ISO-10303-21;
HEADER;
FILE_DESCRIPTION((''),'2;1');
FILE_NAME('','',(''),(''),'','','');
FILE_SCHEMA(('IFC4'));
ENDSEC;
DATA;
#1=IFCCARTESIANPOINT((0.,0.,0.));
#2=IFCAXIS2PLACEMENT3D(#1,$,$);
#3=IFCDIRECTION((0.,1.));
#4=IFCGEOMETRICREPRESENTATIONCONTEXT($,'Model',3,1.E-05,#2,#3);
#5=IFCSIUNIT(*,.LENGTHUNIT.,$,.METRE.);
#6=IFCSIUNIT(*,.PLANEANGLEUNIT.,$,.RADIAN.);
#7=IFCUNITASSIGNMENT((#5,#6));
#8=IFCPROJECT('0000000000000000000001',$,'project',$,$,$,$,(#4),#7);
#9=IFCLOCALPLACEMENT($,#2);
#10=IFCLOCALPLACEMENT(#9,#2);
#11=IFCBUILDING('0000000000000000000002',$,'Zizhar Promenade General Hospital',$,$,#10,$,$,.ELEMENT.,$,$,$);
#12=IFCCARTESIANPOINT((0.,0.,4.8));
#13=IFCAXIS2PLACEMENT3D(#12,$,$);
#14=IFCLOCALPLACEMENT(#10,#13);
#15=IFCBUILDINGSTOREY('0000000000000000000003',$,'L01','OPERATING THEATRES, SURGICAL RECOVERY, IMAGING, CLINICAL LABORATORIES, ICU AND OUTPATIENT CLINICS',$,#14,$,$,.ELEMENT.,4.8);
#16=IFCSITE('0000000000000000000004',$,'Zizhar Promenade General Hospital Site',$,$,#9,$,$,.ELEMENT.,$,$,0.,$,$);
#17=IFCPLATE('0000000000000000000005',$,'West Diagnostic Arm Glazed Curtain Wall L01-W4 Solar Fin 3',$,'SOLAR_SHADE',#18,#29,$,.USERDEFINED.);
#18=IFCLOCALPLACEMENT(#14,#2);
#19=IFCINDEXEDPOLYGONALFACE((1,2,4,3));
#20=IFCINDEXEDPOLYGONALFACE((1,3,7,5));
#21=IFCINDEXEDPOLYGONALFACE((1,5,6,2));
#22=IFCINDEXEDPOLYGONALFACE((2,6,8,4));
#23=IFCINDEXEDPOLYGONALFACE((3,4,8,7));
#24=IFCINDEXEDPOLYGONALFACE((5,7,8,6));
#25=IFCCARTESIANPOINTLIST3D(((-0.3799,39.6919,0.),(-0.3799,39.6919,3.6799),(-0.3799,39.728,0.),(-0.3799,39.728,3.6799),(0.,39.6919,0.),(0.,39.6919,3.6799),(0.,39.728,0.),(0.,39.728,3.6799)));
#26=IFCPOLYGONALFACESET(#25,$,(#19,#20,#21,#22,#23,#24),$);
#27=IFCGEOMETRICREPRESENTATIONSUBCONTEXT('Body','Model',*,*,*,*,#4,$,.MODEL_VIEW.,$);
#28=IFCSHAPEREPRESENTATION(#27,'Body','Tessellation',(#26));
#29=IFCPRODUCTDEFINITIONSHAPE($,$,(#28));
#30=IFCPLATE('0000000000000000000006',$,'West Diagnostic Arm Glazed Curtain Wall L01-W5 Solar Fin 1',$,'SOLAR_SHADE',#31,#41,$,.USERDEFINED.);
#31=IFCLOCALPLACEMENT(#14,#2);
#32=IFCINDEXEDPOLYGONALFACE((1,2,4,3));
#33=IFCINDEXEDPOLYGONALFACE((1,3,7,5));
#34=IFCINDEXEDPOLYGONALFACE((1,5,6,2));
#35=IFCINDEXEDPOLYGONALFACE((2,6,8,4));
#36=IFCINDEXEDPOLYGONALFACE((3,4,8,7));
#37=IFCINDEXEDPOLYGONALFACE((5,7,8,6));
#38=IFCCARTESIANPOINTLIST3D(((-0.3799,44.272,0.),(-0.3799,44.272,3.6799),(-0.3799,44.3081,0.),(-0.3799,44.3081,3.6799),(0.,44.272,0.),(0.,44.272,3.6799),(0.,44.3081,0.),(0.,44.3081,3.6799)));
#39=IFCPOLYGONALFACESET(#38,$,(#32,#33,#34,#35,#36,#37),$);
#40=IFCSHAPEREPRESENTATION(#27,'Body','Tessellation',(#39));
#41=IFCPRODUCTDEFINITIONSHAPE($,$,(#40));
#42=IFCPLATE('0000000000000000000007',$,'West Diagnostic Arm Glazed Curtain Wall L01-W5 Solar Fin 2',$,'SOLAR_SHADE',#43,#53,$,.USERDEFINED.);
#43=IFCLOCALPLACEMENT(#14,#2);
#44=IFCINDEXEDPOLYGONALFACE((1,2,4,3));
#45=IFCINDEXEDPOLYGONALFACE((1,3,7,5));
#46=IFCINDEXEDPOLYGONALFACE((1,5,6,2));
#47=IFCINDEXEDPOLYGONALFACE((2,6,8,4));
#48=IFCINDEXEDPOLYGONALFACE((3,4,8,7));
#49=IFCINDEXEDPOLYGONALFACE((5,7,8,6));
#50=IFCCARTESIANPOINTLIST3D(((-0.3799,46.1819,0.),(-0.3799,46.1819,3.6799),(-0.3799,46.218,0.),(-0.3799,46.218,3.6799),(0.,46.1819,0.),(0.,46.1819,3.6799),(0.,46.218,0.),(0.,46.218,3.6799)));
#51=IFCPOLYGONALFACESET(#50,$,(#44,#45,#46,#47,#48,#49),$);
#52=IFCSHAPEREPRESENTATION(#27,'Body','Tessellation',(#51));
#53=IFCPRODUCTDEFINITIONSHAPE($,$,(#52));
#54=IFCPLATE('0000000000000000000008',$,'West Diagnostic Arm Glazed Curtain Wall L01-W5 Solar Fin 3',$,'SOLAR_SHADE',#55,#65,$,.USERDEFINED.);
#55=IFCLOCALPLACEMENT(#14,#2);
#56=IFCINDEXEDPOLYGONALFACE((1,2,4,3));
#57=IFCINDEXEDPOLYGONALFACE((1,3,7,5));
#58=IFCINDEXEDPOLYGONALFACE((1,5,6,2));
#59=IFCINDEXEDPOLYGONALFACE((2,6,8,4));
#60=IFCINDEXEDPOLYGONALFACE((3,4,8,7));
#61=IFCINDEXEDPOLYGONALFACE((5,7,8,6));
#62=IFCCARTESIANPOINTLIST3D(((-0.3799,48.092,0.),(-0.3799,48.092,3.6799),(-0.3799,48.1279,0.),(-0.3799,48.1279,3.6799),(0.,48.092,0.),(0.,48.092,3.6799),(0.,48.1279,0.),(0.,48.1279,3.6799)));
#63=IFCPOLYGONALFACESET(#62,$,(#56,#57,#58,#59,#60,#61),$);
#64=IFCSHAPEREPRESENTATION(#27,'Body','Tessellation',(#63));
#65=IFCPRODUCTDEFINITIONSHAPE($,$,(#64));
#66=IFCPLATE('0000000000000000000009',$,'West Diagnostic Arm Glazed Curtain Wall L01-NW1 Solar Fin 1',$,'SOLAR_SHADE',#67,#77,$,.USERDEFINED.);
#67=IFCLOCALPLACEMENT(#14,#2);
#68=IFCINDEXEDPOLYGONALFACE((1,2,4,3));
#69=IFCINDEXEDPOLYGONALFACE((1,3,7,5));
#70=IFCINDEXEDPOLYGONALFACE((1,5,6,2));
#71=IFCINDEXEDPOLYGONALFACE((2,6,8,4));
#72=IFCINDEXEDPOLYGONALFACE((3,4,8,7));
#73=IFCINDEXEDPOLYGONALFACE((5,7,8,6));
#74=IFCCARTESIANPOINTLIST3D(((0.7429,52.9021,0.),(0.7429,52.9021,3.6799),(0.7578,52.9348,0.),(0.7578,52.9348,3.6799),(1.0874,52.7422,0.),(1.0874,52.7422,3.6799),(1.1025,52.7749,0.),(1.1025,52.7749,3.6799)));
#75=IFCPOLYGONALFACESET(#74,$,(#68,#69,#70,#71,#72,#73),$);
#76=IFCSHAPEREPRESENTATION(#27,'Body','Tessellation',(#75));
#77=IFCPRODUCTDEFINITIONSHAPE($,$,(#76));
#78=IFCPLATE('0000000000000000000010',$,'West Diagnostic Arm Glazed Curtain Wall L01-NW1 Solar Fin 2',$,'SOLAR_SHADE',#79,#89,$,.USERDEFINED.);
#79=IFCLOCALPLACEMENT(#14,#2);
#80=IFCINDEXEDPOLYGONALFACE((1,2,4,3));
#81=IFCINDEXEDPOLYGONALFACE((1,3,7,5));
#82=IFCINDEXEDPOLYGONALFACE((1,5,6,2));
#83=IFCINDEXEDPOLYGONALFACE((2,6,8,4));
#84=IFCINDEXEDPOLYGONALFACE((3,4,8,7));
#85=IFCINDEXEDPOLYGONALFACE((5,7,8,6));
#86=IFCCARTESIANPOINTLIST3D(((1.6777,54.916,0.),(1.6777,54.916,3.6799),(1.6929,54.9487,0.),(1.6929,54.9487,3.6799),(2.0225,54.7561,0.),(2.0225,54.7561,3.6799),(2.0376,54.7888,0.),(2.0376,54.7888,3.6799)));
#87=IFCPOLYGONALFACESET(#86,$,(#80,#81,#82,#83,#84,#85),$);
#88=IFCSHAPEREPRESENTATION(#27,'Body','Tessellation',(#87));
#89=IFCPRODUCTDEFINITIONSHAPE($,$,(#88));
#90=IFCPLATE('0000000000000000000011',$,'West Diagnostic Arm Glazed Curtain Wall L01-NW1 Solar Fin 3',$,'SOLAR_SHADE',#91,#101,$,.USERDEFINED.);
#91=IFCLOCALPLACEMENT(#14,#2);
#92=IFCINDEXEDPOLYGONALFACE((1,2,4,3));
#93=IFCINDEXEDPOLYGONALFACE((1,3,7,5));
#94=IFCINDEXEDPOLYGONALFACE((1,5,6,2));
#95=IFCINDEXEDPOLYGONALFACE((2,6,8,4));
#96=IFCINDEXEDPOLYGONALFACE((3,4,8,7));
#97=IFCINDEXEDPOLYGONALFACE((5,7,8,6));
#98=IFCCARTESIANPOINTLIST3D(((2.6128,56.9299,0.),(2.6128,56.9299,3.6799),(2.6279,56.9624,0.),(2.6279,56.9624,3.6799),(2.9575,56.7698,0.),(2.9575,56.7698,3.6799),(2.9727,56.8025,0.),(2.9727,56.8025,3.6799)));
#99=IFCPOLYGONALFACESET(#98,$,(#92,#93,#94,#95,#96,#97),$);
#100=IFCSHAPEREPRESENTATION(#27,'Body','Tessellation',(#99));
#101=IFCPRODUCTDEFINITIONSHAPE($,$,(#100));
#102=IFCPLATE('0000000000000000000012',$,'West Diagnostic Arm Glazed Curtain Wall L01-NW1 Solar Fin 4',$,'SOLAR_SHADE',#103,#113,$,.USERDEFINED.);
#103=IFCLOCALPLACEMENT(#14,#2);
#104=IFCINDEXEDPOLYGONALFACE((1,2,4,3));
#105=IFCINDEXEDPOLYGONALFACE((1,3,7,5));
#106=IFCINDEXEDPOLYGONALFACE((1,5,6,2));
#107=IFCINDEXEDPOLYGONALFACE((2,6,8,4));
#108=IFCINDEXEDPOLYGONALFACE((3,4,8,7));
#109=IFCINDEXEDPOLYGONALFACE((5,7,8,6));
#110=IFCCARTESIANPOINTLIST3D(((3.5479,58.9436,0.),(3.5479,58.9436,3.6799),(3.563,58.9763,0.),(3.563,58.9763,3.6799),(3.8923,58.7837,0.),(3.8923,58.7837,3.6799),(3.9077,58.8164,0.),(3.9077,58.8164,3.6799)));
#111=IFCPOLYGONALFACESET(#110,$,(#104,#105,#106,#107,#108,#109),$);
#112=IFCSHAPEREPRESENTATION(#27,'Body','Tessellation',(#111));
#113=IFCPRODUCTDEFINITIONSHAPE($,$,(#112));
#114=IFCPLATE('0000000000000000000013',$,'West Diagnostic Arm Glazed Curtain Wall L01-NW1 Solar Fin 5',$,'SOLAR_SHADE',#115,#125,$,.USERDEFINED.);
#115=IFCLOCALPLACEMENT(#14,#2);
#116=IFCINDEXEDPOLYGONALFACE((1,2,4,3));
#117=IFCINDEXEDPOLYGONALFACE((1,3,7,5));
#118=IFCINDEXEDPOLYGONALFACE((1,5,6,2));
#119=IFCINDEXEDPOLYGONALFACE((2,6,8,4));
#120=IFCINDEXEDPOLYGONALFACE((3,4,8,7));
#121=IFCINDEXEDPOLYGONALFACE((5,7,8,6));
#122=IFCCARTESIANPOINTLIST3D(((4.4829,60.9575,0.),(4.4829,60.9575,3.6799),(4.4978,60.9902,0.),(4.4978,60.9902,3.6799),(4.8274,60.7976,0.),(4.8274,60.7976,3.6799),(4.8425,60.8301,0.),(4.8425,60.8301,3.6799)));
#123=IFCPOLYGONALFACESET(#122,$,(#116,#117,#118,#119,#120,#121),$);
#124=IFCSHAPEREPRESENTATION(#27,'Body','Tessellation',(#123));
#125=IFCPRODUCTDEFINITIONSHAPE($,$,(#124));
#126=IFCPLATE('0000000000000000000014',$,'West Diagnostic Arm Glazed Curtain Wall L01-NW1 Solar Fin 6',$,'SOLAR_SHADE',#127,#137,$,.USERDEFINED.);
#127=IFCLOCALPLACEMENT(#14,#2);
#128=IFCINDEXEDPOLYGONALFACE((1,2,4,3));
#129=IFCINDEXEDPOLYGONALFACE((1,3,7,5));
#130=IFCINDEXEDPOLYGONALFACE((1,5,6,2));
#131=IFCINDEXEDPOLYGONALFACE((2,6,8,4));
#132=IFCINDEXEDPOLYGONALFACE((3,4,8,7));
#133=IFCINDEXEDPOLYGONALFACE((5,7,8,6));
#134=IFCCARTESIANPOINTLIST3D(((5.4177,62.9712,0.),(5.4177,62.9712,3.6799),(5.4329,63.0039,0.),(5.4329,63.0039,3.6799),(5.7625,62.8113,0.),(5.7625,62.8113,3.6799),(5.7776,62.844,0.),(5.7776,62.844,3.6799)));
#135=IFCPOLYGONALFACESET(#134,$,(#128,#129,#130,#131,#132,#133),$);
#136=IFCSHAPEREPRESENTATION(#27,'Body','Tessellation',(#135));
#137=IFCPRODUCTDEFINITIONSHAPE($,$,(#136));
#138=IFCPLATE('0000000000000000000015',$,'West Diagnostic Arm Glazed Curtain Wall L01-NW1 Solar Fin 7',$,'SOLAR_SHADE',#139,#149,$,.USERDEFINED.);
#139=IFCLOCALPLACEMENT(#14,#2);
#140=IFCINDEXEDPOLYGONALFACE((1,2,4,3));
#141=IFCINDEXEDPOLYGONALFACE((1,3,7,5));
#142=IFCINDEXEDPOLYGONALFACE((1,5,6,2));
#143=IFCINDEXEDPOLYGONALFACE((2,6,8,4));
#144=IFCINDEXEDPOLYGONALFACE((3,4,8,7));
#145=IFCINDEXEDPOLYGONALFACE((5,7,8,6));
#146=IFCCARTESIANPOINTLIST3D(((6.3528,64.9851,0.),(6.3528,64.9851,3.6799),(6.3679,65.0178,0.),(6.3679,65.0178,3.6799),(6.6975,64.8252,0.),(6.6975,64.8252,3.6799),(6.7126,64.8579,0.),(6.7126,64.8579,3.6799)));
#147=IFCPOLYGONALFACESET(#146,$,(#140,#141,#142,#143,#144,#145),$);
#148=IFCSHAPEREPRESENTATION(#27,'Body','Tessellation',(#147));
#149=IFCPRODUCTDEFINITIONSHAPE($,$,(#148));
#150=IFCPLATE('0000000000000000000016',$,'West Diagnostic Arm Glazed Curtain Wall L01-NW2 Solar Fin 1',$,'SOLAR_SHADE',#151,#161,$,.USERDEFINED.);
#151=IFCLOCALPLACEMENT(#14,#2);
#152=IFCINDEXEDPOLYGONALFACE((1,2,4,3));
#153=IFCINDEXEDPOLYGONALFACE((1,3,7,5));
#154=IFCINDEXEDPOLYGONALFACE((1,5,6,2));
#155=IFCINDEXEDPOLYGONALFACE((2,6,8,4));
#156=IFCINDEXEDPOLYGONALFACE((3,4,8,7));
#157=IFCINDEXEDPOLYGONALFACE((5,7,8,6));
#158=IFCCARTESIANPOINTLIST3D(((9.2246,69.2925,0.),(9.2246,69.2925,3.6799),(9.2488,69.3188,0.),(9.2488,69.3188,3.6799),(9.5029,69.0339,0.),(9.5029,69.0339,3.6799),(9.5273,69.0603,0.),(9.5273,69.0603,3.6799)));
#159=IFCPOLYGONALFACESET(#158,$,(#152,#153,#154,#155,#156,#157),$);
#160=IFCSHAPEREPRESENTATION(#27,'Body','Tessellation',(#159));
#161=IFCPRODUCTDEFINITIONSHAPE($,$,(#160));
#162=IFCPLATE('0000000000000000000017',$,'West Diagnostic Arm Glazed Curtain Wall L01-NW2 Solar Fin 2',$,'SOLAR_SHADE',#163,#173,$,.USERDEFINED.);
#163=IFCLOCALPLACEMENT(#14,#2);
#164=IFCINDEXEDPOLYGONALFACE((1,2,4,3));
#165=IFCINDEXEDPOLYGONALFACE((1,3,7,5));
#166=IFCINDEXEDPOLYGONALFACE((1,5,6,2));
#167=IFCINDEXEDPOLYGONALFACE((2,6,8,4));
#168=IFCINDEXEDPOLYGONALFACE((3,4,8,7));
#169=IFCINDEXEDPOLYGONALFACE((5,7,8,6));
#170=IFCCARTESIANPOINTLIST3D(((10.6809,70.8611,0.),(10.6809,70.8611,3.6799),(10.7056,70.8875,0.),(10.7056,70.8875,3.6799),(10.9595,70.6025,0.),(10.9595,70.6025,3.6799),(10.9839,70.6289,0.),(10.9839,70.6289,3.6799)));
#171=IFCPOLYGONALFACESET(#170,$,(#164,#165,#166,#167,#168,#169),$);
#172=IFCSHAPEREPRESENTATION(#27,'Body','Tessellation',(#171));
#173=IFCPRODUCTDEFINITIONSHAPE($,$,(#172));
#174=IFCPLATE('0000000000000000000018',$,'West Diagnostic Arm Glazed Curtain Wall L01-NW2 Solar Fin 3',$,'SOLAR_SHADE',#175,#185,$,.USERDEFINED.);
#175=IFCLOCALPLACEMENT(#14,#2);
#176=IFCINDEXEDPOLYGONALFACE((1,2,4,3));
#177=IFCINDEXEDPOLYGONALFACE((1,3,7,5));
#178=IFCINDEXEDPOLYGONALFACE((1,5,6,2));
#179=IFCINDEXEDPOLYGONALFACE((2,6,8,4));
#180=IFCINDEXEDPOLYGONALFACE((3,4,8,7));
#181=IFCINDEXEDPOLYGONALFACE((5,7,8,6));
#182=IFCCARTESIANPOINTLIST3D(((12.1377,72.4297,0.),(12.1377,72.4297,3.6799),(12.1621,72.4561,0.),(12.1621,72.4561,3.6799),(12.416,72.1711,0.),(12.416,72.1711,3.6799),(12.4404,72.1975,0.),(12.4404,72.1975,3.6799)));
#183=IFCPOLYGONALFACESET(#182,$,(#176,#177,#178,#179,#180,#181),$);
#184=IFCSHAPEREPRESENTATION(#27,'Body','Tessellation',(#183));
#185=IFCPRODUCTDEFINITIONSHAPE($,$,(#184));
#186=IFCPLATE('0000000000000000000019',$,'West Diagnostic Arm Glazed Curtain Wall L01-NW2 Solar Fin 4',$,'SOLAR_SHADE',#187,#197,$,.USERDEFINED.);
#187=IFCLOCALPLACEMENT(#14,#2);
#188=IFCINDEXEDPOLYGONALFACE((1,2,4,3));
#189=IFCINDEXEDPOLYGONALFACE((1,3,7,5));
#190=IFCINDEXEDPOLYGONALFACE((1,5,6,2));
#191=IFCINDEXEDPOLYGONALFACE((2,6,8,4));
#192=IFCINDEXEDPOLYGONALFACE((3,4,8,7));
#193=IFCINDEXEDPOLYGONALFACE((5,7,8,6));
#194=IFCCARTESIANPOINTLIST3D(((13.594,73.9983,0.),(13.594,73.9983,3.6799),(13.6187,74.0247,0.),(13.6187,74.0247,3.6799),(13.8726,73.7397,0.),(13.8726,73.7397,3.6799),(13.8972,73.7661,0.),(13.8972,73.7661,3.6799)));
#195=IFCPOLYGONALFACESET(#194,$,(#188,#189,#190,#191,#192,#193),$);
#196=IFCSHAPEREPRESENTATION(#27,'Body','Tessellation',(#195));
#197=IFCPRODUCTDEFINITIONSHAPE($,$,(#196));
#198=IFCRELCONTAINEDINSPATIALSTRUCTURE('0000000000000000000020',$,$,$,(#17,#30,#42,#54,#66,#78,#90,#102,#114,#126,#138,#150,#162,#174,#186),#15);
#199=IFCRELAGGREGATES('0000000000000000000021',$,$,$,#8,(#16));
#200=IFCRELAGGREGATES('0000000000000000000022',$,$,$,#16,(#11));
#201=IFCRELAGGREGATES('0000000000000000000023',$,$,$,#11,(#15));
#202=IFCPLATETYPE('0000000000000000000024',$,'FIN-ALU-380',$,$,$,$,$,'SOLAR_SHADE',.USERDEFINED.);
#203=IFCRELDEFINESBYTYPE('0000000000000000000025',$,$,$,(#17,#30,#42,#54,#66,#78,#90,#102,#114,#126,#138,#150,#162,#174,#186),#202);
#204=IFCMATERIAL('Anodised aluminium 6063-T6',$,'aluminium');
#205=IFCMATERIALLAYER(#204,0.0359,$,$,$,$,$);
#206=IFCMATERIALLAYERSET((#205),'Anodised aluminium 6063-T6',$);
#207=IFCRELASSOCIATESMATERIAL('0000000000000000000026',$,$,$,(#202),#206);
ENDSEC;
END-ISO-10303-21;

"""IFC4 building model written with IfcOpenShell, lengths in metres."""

from ifc_helpers import new_model, si_unit, direction, frame, origin, place, context, subcontext, project, spatial, polyline, outline, extrude, material, layer, layer_set, type_object, element, save


model = new_model("IFC4")

# Units and contexts
model_context = context("Model", 3, precision=1e-05, world=origin(), true_north=direction((0.0, 1.0)))
body_context = subcontext(model_context, "Body", "Model", "MODEL_VIEW")
ifc_project = project(units=[si_unit("LENGTHUNIT", "METRE"), si_unit("PLANEANGLEUNIT", "RADIAN")], contexts=[model_context])

# Site, building, storey
site_placement = place(None, origin())
site = spatial("IfcSite", under=ifc_project, at=site_placement, Name="Zizhar Promenade General Hospital Site", CompositionType="ELEMENT", RefElevation=0.0)
building_placement = place(site_placement, origin())
building = spatial("IfcBuilding", under=site, at=building_placement, Name="Zizhar Promenade General Hospital", CompositionType="ELEMENT")
storey_placement = place(building_placement, frame((0.0, 0.0, 4.8)))
storey = spatial("IfcBuildingStorey", under=building, at=storey_placement, Name="L01", Description="OPERATING THEATRES, SURGICAL RECOVERY, IMAGING, CLINICAL LABORATORIES, ICU AND OUTPATIENT CLINICS", CompositionType="ELEMENT", Elevation=4.8)

# Plates
ifc_material = material(Name="Anodised aluminium 6063-T6", Category="aluminium")
ifc_layer = layer(ifc_material, 0.0359)
ifc_layer_set = layer_set([ifc_layer], Name="Anodised aluminium 6063-T6")
plate_type = type_object("IfcPlateType", Name="FIN-ALU-380", ElementType="SOLAR_SHADE", PredefinedType="USERDEFINED", material=ifc_layer_set)
plate_1_placement = place(storey_placement, origin())
element("IfcPlate", 1, at=plate_1_placement, inside=storey, type_object=plate_type, Name="West Diagnostic Arm Glazed Curtain Wall L01-W4 Solar Fin 3", ObjectType="SOLAR_SHADE", PredefinedType="USERDEFINED", context=body_context, shape_type="SweptSolid", body=[
    extrude(outline(polyline([(0.0, 39.6919), (0.0, 39.728), (-0.3799, 39.728), (-0.3799, 39.6919), (0.0, 39.6919)])), origin(), (0.0, 0.0, 1.0), 3.6799),
])
plate_2_placement = place(storey_placement, origin())
element("IfcPlate", 2, at=plate_2_placement, inside=storey, type_object=plate_type, Name="West Diagnostic Arm Glazed Curtain Wall L01-W5 Solar Fin 1", ObjectType="SOLAR_SHADE", PredefinedType="USERDEFINED", context=body_context, shape_type="SweptSolid", body=[
    extrude(outline(polyline([(0.0, 44.272), (0.0, 44.3081), (-0.3799, 44.3081), (-0.3799, 44.272), (0.0, 44.272)])), origin(), (0.0, 0.0, 1.0), 3.6799),
])
plate_3_placement = place(storey_placement, origin())
element("IfcPlate", 3, at=plate_3_placement, inside=storey, type_object=plate_type, Name="West Diagnostic Arm Glazed Curtain Wall L01-W5 Solar Fin 2", ObjectType="SOLAR_SHADE", PredefinedType="USERDEFINED", context=body_context, shape_type="SweptSolid", body=[
    extrude(outline(polyline([(0.0, 46.1819), (0.0, 46.218), (-0.3799, 46.218), (-0.3799, 46.1819), (0.0, 46.1819)])), origin(), (0.0, 0.0, 1.0), 3.6799),
])
plate_4_placement = place(storey_placement, origin())
element("IfcPlate", 4, at=plate_4_placement, inside=storey, type_object=plate_type, Name="West Diagnostic Arm Glazed Curtain Wall L01-W5 Solar Fin 3", ObjectType="SOLAR_SHADE", PredefinedType="USERDEFINED", context=body_context, shape_type="SweptSolid", body=[
    extrude(outline(polyline([(0.0, 48.092), (0.0, 48.1279), (-0.3799, 48.1279), (-0.3799, 48.092), (0.0, 48.092)])), origin(), (0.0, 0.0, 1.0), 3.6799),
])
plate_5_placement = place(storey_placement, origin())
element("IfcPlate", 5, at=plate_5_placement, inside=storey, type_object=plate_type, Name="West Diagnostic Arm Glazed Curtain Wall L01-NW1 Solar Fin 1", ObjectType="SOLAR_SHADE", PredefinedType="USERDEFINED", context=body_context, shape_type="SweptSolid", body=[
    extrude(outline(polyline([(1.0874, 52.7422), (1.1025, 52.7749), (0.7578, 52.9348), (0.7429, 52.9021), (1.0874, 52.7422)])), origin(), (0.0, 0.0, 1.0), 3.6799),
])
plate_6_placement = place(storey_placement, origin())
element("IfcPlate", 6, at=plate_6_placement, inside=storey, type_object=plate_type, Name="West Diagnostic Arm Glazed Curtain Wall L01-NW1 Solar Fin 2", ObjectType="SOLAR_SHADE", PredefinedType="USERDEFINED", context=body_context, shape_type="SweptSolid", body=[
    extrude(outline(polyline([(2.0225, 54.7561), (2.0376, 54.7888), (1.6929, 54.9487), (1.6777, 54.916), (2.0225, 54.7561)])), origin(), (0.0, 0.0, 1.0), 3.6799),
])
plate_7_placement = place(storey_placement, origin())
element("IfcPlate", 7, at=plate_7_placement, inside=storey, type_object=plate_type, Name="West Diagnostic Arm Glazed Curtain Wall L01-NW1 Solar Fin 3", ObjectType="SOLAR_SHADE", PredefinedType="USERDEFINED", context=body_context, shape_type="SweptSolid", body=[
    extrude(outline(polyline([(2.9575, 56.7698), (2.9727, 56.8025), (2.6279, 56.9624), (2.6128, 56.9299), (2.9575, 56.7698)])), origin(), (0.0, 0.0, 1.0), 3.6799),
])
plate_8_placement = place(storey_placement, origin())
element("IfcPlate", 8, at=plate_8_placement, inside=storey, type_object=plate_type, Name="West Diagnostic Arm Glazed Curtain Wall L01-NW1 Solar Fin 4", ObjectType="SOLAR_SHADE", PredefinedType="USERDEFINED", context=body_context, shape_type="SweptSolid", body=[
    extrude(outline(polyline([(3.8923, 58.7837), (3.9077, 58.8164), (3.563, 58.9763), (3.5479, 58.9436), (3.8923, 58.7837)])), origin(), (0.0, 0.0, 1.0), 3.6799),
])
plate_9_placement = place(storey_placement, origin())
element("IfcPlate", 9, at=plate_9_placement, inside=storey, type_object=plate_type, Name="West Diagnostic Arm Glazed Curtain Wall L01-NW1 Solar Fin 5", ObjectType="SOLAR_SHADE", PredefinedType="USERDEFINED", context=body_context, shape_type="SweptSolid", body=[
    extrude(outline(polyline([(4.8274, 60.7976), (4.8425, 60.8301), (4.4978, 60.9902), (4.4829, 60.9575), (4.8274, 60.7976)])), origin(), (0.0, 0.0, 1.0), 3.6799),
])
plate_10_placement = place(storey_placement, origin())
element("IfcPlate", 10, at=plate_10_placement, inside=storey, type_object=plate_type, Name="West Diagnostic Arm Glazed Curtain Wall L01-NW1 Solar Fin 6", ObjectType="SOLAR_SHADE", PredefinedType="USERDEFINED", context=body_context, shape_type="SweptSolid", body=[
    extrude(outline(polyline([(5.7625, 62.8113), (5.7776, 62.844), (5.4329, 63.0039), (5.4177, 62.9712), (5.7625, 62.8113)])), origin(), (0.0, 0.0, 1.0), 3.6799),
])
plate_11_placement = place(storey_placement, origin())
element("IfcPlate", 11, at=plate_11_placement, inside=storey, type_object=plate_type, Name="West Diagnostic Arm Glazed Curtain Wall L01-NW1 Solar Fin 7", ObjectType="SOLAR_SHADE", PredefinedType="USERDEFINED", context=body_context, shape_type="SweptSolid", body=[
    extrude(outline(polyline([(6.6975, 64.8252), (6.7126, 64.8579), (6.3679, 65.0178), (6.3528, 64.9851), (6.6975, 64.8252)])), origin(), (0.0, 0.0, 1.0), 3.6799),
])
plate_12_placement = place(storey_placement, origin())
element("IfcPlate", 12, at=plate_12_placement, inside=storey, type_object=plate_type, Name="West Diagnostic Arm Glazed Curtain Wall L01-NW2 Solar Fin 1", ObjectType="SOLAR_SHADE", PredefinedType="USERDEFINED", context=body_context, shape_type="SweptSolid", body=[
    extrude(outline(polyline([(9.5029, 69.0339), (9.5273, 69.0603), (9.2488, 69.3188), (9.2246, 69.2925), (9.5029, 69.0339)])), origin(), (0.0, 0.0, 1.0), 3.6799),
])
plate_13_placement = place(storey_placement, origin())
element("IfcPlate", 13, at=plate_13_placement, inside=storey, type_object=plate_type, Name="West Diagnostic Arm Glazed Curtain Wall L01-NW2 Solar Fin 2", ObjectType="SOLAR_SHADE", PredefinedType="USERDEFINED", context=body_context, shape_type="SweptSolid", body=[
    extrude(outline(polyline([(10.9595, 70.6025), (10.9839, 70.6289), (10.7056, 70.8875), (10.6809, 70.8611), (10.9595, 70.6025)])), origin(), (0.0, 0.0, 1.0), 3.6799),
])
plate_14_placement = place(storey_placement, origin())
element("IfcPlate", 14, at=plate_14_placement, inside=storey, type_object=plate_type, Name="West Diagnostic Arm Glazed Curtain Wall L01-NW2 Solar Fin 3", ObjectType="SOLAR_SHADE", PredefinedType="USERDEFINED", context=body_context, shape_type="SweptSolid", body=[
    extrude(outline(polyline([(12.416, 72.1711), (12.4404, 72.1975), (12.1621, 72.4561), (12.1377, 72.4297), (12.416, 72.1711)])), origin(), (0.0, 0.0, 1.0), 3.6799),
])
plate_15_placement = place(storey_placement, origin())
element("IfcPlate", 15, at=plate_15_placement, inside=storey, type_object=plate_type, Name="West Diagnostic Arm Glazed Curtain Wall L01-NW2 Solar Fin 4", ObjectType="SOLAR_SHADE", PredefinedType="USERDEFINED", context=body_context, shape_type="SweptSolid", body=[
    extrude(outline(polyline([(13.8726, 73.7397), (13.8972, 73.7661), (13.6187, 74.0247), (13.594, 73.9983), (13.8726, 73.7397)])), origin(), (0.0, 0.0, 1.0), 3.6799),
])

save(model, "model.ifc")
